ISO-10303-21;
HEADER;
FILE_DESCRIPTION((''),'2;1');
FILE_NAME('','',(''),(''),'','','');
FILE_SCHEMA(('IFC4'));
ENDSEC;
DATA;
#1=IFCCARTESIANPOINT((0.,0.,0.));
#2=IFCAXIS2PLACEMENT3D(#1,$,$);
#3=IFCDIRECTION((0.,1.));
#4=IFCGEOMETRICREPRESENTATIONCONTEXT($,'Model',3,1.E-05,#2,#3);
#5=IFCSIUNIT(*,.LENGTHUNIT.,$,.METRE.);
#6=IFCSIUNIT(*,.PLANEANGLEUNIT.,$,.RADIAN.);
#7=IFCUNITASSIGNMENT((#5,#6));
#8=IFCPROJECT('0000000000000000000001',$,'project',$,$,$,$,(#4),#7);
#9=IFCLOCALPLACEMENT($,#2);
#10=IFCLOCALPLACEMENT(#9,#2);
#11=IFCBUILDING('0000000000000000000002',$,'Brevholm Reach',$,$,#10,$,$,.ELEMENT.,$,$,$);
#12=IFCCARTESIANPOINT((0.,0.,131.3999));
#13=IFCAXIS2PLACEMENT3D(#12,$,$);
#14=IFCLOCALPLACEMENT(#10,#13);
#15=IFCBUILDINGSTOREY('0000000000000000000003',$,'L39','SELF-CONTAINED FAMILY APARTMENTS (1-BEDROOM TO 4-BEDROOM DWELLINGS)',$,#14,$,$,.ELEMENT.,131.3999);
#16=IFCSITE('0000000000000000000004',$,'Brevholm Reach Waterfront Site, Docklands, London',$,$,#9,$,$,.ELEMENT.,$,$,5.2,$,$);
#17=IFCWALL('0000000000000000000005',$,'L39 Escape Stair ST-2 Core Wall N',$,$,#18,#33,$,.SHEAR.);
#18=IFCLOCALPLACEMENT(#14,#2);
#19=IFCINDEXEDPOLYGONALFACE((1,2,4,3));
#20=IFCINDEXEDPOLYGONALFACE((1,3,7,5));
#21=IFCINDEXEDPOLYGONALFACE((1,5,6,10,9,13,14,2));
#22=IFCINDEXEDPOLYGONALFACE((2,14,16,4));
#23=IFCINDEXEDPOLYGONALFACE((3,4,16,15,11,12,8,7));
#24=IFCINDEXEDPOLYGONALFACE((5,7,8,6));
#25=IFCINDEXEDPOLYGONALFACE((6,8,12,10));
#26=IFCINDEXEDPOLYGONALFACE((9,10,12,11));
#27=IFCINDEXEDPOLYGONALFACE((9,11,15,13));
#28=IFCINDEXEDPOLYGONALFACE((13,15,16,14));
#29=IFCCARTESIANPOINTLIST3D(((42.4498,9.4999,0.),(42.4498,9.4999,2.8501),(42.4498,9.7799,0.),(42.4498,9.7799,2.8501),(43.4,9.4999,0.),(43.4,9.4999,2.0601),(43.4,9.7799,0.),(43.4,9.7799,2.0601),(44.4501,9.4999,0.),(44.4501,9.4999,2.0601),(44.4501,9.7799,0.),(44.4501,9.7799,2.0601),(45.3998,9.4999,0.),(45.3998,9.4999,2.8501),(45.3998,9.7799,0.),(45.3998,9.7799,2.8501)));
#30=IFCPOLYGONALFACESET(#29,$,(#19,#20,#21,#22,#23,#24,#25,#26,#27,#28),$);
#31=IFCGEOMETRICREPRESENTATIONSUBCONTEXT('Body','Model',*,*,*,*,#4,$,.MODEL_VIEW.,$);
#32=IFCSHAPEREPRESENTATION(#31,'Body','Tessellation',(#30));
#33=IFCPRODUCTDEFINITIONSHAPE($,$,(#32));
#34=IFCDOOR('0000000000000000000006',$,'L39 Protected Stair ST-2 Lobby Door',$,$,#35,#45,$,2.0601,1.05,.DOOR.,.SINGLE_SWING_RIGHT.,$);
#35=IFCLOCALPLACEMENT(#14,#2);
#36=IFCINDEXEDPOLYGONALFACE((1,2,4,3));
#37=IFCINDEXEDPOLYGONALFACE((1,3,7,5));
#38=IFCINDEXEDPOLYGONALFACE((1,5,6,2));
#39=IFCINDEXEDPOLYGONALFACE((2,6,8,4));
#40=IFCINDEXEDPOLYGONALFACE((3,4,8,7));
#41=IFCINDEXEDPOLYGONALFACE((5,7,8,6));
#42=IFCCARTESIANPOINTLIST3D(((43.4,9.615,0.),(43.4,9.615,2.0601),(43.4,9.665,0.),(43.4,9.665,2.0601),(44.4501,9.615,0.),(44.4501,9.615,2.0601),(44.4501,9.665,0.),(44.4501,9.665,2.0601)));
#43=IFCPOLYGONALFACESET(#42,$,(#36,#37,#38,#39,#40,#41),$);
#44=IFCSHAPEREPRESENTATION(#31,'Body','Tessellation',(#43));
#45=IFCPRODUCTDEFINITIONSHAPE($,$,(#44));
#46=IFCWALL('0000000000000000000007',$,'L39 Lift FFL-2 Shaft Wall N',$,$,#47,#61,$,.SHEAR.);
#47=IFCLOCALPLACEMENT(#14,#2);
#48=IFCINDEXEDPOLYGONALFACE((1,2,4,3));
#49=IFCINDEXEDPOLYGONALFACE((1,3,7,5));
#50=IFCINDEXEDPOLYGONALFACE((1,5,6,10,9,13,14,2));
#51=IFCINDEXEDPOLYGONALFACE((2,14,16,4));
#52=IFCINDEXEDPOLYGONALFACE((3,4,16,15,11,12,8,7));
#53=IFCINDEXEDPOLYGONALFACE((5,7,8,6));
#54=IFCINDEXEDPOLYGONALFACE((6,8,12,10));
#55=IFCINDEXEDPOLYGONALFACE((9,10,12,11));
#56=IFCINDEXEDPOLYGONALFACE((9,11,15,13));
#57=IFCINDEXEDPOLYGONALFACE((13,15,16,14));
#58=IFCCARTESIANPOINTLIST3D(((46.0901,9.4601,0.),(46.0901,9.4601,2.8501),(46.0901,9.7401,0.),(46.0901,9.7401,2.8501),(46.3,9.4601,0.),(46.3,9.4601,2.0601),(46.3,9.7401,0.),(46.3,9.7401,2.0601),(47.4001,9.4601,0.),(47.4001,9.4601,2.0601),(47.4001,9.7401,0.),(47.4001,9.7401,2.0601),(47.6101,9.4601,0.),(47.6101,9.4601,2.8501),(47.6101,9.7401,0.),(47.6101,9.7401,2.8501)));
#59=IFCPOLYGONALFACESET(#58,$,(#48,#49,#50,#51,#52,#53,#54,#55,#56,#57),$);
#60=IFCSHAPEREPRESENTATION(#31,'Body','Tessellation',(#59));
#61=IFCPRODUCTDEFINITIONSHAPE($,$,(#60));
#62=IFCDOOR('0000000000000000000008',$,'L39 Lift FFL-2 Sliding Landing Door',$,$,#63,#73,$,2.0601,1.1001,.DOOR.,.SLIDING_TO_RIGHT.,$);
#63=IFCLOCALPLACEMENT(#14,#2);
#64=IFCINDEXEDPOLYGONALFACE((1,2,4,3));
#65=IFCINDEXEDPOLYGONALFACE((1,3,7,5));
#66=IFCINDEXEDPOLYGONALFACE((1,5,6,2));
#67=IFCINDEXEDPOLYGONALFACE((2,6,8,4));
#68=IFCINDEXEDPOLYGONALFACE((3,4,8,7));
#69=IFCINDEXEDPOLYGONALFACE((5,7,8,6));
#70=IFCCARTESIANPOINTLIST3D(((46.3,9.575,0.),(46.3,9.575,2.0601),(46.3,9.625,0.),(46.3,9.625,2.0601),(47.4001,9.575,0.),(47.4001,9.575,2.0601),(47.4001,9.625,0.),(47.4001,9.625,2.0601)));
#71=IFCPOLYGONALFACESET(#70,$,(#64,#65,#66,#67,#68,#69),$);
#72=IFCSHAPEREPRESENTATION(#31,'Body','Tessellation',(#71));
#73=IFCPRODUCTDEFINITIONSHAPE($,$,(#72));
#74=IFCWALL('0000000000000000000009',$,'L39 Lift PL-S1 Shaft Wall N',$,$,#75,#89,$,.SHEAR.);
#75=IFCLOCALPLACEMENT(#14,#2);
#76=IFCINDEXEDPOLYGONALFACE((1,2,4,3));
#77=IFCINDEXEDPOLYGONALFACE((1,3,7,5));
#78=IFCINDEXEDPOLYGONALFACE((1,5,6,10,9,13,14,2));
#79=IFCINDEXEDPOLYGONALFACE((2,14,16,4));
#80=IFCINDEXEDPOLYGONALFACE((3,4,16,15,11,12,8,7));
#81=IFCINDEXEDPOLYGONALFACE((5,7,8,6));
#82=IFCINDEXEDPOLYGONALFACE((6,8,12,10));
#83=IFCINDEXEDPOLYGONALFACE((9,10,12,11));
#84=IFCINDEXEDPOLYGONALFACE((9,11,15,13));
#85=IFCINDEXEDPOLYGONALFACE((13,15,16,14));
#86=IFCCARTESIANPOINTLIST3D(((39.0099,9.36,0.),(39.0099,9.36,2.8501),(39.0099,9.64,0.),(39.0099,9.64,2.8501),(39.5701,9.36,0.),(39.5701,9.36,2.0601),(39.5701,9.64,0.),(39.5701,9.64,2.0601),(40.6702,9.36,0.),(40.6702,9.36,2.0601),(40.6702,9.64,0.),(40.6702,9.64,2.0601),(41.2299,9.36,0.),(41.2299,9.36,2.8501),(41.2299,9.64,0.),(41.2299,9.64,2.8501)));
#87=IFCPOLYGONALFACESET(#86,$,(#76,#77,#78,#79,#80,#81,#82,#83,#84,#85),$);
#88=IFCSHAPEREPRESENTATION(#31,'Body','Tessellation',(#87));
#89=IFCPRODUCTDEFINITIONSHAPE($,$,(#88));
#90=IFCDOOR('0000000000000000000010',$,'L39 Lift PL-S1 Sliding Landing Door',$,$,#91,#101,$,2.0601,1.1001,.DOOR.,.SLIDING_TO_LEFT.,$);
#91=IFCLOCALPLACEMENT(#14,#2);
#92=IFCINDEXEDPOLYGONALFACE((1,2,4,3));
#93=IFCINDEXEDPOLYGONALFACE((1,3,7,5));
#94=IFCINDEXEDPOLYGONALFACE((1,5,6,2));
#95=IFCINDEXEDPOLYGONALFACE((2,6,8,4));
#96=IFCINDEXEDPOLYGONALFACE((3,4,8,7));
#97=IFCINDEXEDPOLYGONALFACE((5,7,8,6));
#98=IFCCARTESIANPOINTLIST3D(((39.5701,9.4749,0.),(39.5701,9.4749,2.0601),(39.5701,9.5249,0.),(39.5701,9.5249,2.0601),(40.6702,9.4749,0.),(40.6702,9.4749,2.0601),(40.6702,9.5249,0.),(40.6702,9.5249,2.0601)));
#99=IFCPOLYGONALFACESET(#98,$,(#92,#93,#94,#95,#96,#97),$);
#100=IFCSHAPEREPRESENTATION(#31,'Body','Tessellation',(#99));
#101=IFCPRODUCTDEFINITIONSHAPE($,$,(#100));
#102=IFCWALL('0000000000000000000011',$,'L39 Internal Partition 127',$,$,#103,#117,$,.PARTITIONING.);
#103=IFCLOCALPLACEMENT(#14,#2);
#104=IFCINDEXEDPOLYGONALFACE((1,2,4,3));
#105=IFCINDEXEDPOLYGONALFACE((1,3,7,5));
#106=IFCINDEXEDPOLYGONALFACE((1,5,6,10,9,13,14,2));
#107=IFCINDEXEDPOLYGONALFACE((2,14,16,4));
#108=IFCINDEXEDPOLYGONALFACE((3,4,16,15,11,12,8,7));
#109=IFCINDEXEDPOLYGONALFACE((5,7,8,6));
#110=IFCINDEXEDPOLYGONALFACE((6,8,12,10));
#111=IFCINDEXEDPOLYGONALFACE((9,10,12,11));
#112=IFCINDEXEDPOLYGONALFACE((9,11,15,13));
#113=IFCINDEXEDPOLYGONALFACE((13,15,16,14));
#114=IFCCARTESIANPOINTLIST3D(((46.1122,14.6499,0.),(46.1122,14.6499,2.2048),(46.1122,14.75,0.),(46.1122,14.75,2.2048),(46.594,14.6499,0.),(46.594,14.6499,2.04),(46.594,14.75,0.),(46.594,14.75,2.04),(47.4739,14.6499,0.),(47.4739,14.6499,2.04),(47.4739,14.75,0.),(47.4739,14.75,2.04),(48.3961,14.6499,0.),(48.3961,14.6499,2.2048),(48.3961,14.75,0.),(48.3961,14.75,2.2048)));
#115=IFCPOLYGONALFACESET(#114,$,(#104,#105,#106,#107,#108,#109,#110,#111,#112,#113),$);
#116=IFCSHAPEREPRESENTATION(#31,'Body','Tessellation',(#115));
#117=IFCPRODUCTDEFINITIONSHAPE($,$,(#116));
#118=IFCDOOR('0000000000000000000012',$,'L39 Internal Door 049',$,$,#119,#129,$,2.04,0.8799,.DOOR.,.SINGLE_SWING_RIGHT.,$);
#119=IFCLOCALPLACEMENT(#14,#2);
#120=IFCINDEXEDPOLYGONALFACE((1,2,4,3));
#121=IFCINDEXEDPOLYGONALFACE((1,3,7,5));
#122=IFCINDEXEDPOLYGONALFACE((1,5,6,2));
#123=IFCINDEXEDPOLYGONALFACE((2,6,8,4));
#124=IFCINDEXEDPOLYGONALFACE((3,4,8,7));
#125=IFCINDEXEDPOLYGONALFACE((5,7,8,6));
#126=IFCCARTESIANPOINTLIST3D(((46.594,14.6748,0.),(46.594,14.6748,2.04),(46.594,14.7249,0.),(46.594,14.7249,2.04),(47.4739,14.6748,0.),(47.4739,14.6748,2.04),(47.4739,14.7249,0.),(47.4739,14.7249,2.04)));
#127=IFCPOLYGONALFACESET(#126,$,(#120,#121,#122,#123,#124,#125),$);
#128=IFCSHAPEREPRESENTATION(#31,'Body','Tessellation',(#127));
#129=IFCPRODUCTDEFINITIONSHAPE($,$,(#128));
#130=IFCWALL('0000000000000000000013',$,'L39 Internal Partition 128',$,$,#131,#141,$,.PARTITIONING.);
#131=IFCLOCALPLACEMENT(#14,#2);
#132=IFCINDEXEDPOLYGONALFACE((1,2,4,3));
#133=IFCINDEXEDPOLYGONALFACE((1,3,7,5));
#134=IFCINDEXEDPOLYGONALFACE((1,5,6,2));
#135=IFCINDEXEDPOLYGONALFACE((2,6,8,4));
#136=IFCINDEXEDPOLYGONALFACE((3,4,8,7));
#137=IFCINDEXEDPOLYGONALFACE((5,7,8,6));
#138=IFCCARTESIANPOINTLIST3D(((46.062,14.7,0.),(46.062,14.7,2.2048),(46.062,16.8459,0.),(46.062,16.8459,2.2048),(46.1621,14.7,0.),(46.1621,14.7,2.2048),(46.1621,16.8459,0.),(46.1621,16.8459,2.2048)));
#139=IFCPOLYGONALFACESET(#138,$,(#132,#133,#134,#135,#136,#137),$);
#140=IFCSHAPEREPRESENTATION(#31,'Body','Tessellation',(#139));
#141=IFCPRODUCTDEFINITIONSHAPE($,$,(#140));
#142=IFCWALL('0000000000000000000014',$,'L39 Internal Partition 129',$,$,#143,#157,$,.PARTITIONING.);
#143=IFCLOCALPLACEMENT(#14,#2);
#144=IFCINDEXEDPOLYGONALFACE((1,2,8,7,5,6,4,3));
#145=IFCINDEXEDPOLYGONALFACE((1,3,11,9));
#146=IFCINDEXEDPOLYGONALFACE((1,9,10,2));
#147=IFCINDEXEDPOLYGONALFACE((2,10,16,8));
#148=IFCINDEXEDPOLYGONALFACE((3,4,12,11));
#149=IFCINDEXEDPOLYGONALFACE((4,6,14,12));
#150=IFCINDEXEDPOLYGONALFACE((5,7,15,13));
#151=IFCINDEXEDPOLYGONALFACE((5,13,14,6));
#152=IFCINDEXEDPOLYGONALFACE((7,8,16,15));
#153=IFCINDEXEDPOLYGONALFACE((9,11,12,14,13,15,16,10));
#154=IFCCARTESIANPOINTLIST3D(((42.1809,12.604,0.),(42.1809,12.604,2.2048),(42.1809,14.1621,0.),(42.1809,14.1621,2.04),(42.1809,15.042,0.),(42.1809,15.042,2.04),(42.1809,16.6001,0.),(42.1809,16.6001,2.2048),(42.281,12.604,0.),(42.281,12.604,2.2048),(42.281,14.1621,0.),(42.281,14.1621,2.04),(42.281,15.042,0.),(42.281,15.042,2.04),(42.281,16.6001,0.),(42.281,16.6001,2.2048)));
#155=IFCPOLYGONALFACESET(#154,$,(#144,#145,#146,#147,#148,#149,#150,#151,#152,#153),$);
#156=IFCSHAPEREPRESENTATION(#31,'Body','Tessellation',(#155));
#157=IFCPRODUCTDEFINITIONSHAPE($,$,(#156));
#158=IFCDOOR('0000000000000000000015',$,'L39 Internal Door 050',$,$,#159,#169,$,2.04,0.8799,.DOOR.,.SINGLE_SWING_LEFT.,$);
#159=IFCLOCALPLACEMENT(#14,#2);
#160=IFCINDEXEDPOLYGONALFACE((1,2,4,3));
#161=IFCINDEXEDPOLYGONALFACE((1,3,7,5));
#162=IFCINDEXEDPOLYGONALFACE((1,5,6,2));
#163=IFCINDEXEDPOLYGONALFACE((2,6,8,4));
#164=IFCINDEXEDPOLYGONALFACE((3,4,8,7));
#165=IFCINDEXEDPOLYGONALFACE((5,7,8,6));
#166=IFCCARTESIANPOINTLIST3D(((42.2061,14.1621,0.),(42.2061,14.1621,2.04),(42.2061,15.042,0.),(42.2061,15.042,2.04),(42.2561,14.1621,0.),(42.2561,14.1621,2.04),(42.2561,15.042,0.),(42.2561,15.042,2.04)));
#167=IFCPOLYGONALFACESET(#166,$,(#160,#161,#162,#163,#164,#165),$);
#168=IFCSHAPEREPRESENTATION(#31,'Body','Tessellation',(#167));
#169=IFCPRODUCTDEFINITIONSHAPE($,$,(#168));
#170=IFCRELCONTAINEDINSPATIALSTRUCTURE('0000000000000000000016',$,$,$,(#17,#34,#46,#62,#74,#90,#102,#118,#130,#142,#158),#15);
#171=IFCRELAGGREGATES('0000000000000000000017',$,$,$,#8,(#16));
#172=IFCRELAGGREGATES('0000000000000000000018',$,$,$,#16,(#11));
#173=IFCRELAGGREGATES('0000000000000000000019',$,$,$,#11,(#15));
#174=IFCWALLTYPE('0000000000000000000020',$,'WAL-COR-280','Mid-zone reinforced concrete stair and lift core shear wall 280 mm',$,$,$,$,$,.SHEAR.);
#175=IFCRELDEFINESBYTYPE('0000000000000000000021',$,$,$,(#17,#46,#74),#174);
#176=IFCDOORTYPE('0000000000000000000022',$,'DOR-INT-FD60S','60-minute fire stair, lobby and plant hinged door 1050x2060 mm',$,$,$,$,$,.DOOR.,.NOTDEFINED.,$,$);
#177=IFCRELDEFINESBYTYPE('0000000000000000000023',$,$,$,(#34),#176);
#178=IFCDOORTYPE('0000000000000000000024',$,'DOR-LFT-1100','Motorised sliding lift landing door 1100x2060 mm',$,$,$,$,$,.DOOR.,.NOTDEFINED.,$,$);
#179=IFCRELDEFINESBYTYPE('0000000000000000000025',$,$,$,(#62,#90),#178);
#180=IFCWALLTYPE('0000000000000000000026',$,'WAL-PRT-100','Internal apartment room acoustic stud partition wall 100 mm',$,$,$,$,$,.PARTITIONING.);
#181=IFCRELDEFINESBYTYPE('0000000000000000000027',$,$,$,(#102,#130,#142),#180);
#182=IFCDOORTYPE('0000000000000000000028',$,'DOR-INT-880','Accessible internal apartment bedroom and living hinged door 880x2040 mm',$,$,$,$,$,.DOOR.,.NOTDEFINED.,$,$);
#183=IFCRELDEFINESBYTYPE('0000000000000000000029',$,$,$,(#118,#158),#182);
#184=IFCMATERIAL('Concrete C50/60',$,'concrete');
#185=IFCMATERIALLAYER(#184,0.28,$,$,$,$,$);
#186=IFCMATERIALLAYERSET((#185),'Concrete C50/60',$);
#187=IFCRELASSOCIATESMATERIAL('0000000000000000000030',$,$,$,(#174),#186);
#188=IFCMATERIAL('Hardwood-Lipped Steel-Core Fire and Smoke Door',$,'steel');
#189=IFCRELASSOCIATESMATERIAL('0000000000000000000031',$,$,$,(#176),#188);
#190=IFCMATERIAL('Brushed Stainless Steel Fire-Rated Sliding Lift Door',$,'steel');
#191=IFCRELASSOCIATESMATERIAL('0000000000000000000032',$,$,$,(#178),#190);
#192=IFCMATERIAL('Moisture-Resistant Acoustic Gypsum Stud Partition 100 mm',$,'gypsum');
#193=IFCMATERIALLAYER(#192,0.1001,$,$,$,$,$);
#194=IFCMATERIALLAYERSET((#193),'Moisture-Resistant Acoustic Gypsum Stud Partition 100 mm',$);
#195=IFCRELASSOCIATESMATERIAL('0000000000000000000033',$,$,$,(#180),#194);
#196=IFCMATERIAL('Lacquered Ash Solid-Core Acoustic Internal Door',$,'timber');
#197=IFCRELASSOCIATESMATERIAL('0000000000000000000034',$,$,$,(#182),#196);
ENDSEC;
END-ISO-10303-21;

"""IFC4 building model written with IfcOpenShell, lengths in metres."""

from ifc_helpers import new_model, si_unit, direction, frame, frame_2d, origin, place, context, subcontext, project, spatial, rectangle, extrude, material, layer, layer_set, type_object, element, fill, save


model = new_model("IFC4")

# Units and contexts
model_context = context("Model", 3, precision=1e-05, world=origin(), true_north=direction((0.0, 1.0)))
body_context = subcontext(model_context, "Body", "Model", "MODEL_VIEW")
ifc_project = project(units=[si_unit("LENGTHUNIT", "METRE"), si_unit("PLANEANGLEUNIT", "RADIAN")], contexts=[model_context])

# Site, building, storey
site_placement = place(None, origin())
site = spatial("IfcSite", under=ifc_project, at=site_placement, Name="Brevholm Reach Waterfront Site, Docklands, London", CompositionType="ELEMENT", RefElevation=5.2)
building_placement = place(site_placement, origin())
building = spatial("IfcBuilding", under=site, at=building_placement, Name="Brevholm Reach", CompositionType="ELEMENT")
storey_placement = place(building_placement, frame((0.0, 0.0, 131.3999)))
storey = spatial("IfcBuildingStorey", under=building, at=storey_placement, Name="L39", Description="SELF-CONTAINED FAMILY APARTMENTS (1-BEDROOM TO 4-BEDROOM DWELLINGS)", CompositionType="ELEMENT", Elevation=131.3999)

# Walls, openings, doors
ifc_material_1 = material(Name="Concrete C50/60", Category="concrete")
ifc_layer_1 = layer(ifc_material_1, 0.28)
ifc_layer_set_1 = layer_set([ifc_layer_1], Name="Concrete C50/60")
wall_type_1 = type_object("IfcWallType", Name="WAL-COR-280", Description="Mid-zone reinforced concrete stair and lift core shear wall 280 mm", PredefinedType="SHEAR", material=ifc_layer_set_1)
wall_1_placement = place(storey_placement, frame((45.3999, 9.6399, 0.0), z_axis=(0.0, 0.0, 1.0), x_axis=(-1.0, 0.0, 0.0)))
wall_1 = element("IfcWall", 1, at=wall_1_placement, inside=storey, type_object=wall_type_1, Name="L39 Escape Stair ST-2 Core Wall N", PredefinedType="SHEAR", context=body_context, shape_type="SweptSolid", body=[
    extrude(rectangle(XDim=2.95, YDim=0.28, at=frame_2d((1.4751, 0.0))), origin(), (0.0, 0.0, 1.0), 2.8501),
])
opening_1_placement = place(wall_1_placement, frame((0.95, 0.0, 0.0)))
opening_1 = element("IfcOpeningElement", 2, at=opening_1_placement, cuts=wall_1, PredefinedType="OPENING", context=body_context, shape_type="SweptSolid", body=[
    extrude(rectangle(XDim=1.05, YDim=2.0601, at=frame_2d((0.5249, 1.03))), frame((0.0, 0.1499, 0.0), z_axis=(0.0, -1.0, 0.0), x_axis=(1.0, 0.0, 0.0)), (0.0, 0.0, 1.0), 0.3),
])
ifc_material_2 = material(Name="Hardwood-Lipped Steel-Core Fire and Smoke Door", Category="steel")
door_type_1 = type_object("IfcDoorType", Name="DOR-INT-FD60S", Description="60-minute fire stair, lobby and plant hinged door 1050x2060 mm", OperationType="NOTDEFINED", PredefinedType="DOOR", material=ifc_material_2)
door_1_placement = place(opening_1_placement, origin())
door_1 = element("IfcDoor", 3, at=door_1_placement, inside=storey, type_object=door_type_1, Name="L39 Protected Stair ST-2 Lobby Door", OperationType="SINGLE_SWING_RIGHT", OverallHeight=2.0601, OverallWidth=1.05, PredefinedType="DOOR", context=body_context, shape_type="SweptSolid", body=[
    extrude(rectangle(XDim=1.05, YDim=2.0601, at=frame_2d((0.5249, 1.03))), frame((0.0, 0.0249, 0.0), z_axis=(0.0, -1.0, 0.0), x_axis=(1.0, 0.0, 0.0)), (0.0, 0.0, 1.0), 0.05),
])
fill(opening_1, door_1)
wall_2_placement = place(storey_placement, frame((46.0901, 9.6001, 0.0), z_axis=(0.0, 0.0, 1.0), x_axis=(1.0, 0.0, 0.0)))
wall_2 = element("IfcWall", 4, at=wall_2_placement, inside=storey, type_object=wall_type_1, Name="L39 Lift FFL-2 Shaft Wall N", PredefinedType="SHEAR", context=body_context, shape_type="SweptSolid", body=[
    extrude(rectangle(XDim=1.52, YDim=0.28, at=frame_2d((0.76, 0.0))), origin(), (0.0, 0.0, 1.0), 2.8501),
])
opening_2_placement = place(wall_2_placement, frame((0.21, 0.0, 0.0)))
opening_2 = element("IfcOpeningElement", 5, at=opening_2_placement, cuts=wall_2, PredefinedType="OPENING", context=body_context, shape_type="SweptSolid", body=[
    extrude(rectangle(XDim=1.1001, YDim=2.0601, at=frame_2d((0.55, 1.03))), frame((0.0, 0.1499, 0.0), z_axis=(0.0, -1.0, 0.0), x_axis=(1.0, 0.0, 0.0)), (0.0, 0.0, 1.0), 0.3),
])
ifc_material_3 = material(Name="Brushed Stainless Steel Fire-Rated Sliding Lift Door", Category="steel")
door_type_2 = type_object("IfcDoorType", Name="DOR-LFT-1100", Description="Motorised sliding lift landing door 1100x2060 mm", OperationType="NOTDEFINED", PredefinedType="DOOR", material=ifc_material_3)
door_2_placement = place(opening_2_placement, origin())
door_2 = element("IfcDoor", 6, at=door_2_placement, inside=storey, type_object=door_type_2, Name="L39 Lift FFL-2 Sliding Landing Door", OperationType="SLIDING_TO_RIGHT", OverallHeight=2.0601, OverallWidth=1.1001, PredefinedType="DOOR", context=body_context, shape_type="SweptSolid", body=[
    extrude(rectangle(XDim=1.1001, YDim=2.0601, at=frame_2d((0.55, 1.03))), frame((0.0, 0.0249, 0.0), z_axis=(0.0, -1.0, 0.0), x_axis=(1.0, 0.0, 0.0)), (0.0, 0.0, 1.0), 0.05),
])
fill(opening_2, door_2)
wall_3_placement = place(storey_placement, frame((39.01, 9.5, 0.0), z_axis=(0.0, 0.0, 1.0), x_axis=(1.0, 0.0, 0.0)))
wall_3 = element("IfcWall", 7, at=wall_3_placement, inside=storey, type_object=wall_type_1, Name="L39 Lift PL-S1 Shaft Wall N", PredefinedType="SHEAR", context=body_context, shape_type="SweptSolid", body=[
    extrude(rectangle(XDim=2.22, YDim=0.28, at=frame_2d((1.1099, 0.0))), origin(), (0.0, 0.0, 1.0), 2.8501),
])
opening_3_placement = place(wall_3_placement, frame((0.5601, 0.0, 0.0)))
opening_3 = element("IfcOpeningElement", 8, at=opening_3_placement, cuts=wall_3, PredefinedType="OPENING", context=body_context, shape_type="SweptSolid", body=[
    extrude(rectangle(XDim=1.1001, YDim=2.0601, at=frame_2d((0.55, 1.03))), frame((0.0, 0.1499, 0.0), z_axis=(0.0, -1.0, 0.0), x_axis=(1.0, 0.0, 0.0)), (0.0, 0.0, 1.0), 0.3),
])
door_3_placement = place(opening_3_placement, origin())
door_3 = element("IfcDoor", 9, at=door_3_placement, inside=storey, type_object=door_type_2, Name="L39 Lift PL-S1 Sliding Landing Door", OperationType="SLIDING_TO_LEFT", OverallHeight=2.0601, OverallWidth=1.1001, PredefinedType="DOOR", context=body_context, shape_type="SweptSolid", body=[
    extrude(rectangle(XDim=1.1001, YDim=2.0601, at=frame_2d((0.55, 1.03))), frame((0.0, 0.0249, 0.0), z_axis=(0.0, -1.0, 0.0), x_axis=(1.0, 0.0, 0.0)), (0.0, 0.0, 1.0), 0.05),
])
fill(opening_3, door_3)
ifc_material_4 = material(Name="Moisture-Resistant Acoustic Gypsum Stud Partition 100 mm", Category="gypsum")
ifc_layer_2 = layer(ifc_material_4, 0.1001)
ifc_layer_set_2 = layer_set([ifc_layer_2], Name="Moisture-Resistant Acoustic Gypsum Stud Partition 100 mm")
wall_type_2 = type_object("IfcWallType", Name="WAL-PRT-100", Description="Internal apartment room acoustic stud partition wall 100 mm", PredefinedType="PARTITIONING", material=ifc_layer_set_2)
wall_4_placement = place(storey_placement, frame((46.1121, 14.7, 0.0), z_axis=(0.0, 0.0, 1.0), x_axis=(1.0, 0.0, 0.0)))
wall_4 = element("IfcWall", 10, at=wall_4_placement, inside=storey, type_object=wall_type_2, Name="L39 Internal Partition 127", PredefinedType="PARTITIONING", context=body_context, shape_type="SweptSolid", body=[
    extrude(rectangle(XDim=2.2839, YDim=0.1001, at=frame_2d((1.1421, 0.0))), origin(), (0.0, 0.0, 1.0), 2.2048),
])
opening_4_placement = place(wall_4_placement, frame((0.4819, 0.0, 0.0)))
opening_4 = element("IfcOpeningElement", 11, at=opening_4_placement, cuts=wall_4, PredefinedType="OPENING", context=body_context, shape_type="SweptSolid", body=[
    extrude(rectangle(XDim=0.8799, YDim=2.04, at=frame_2d((0.4399, 1.02))), frame((0.0, 0.0601, 0.0), z_axis=(0.0, -1.0, 0.0), x_axis=(1.0, 0.0, 0.0)), (0.0, 0.0, 1.0), 0.1201),
])
ifc_material_5 = material(Name="Lacquered Ash Solid-Core Acoustic Internal Door", Category="timber")
door_type_3 = type_object("IfcDoorType", Name="DOR-INT-880", Description="Accessible internal apartment bedroom and living hinged door 880x2040 mm", OperationType="NOTDEFINED", PredefinedType="DOOR", material=ifc_material_5)
door_4_placement = place(opening_4_placement, origin())
door_4 = element("IfcDoor", 12, at=door_4_placement, inside=storey, type_object=door_type_3, Name="L39 Internal Door 049", OperationType="SINGLE_SWING_RIGHT", OverallHeight=2.04, OverallWidth=0.8799, PredefinedType="DOOR", context=body_context, shape_type="SweptSolid", body=[
    extrude(rectangle(XDim=0.8799, YDim=2.04, at=frame_2d((0.4399, 1.02))), frame((0.0, 0.0249, 0.0), z_axis=(0.0, -1.0, 0.0), x_axis=(1.0, 0.0, 0.0)), (0.0, 0.0, 1.0), 0.05),
])
fill(opening_4, door_4)

# Wall
wall_5_placement = place(storey_placement, frame((46.1121, 14.7, 0.0), z_axis=(0.0, 0.0, 1.0), x_axis=(0.0, 1.0, 0.0)))
element("IfcWall", 13, at=wall_5_placement, inside=storey, type_object=wall_type_2, Name="L39 Internal Partition 128", PredefinedType="PARTITIONING", context=body_context, shape_type="SweptSolid", body=[
    extrude(rectangle(XDim=2.146, YDim=0.1001, at=frame_2d((1.073, 0.0))), origin(), (0.0, 0.0, 1.0), 2.2048),
])

# Wall, opening, door
wall_6_placement = place(storey_placement, frame((42.231, 12.604, 0.0), z_axis=(0.0, 0.0, 1.0), x_axis=(0.0, 1.0, 0.0)))
wall_6 = element("IfcWall", 14, at=wall_6_placement, inside=storey, type_object=wall_type_2, Name="L39 Internal Partition 129", PredefinedType="PARTITIONING", context=body_context, shape_type="SweptSolid", body=[
    extrude(rectangle(XDim=3.9961, YDim=0.1001, at=frame_2d((1.998, 0.0))), origin(), (0.0, 0.0, 1.0), 2.2048),
])
opening_5_placement = place(wall_6_placement, frame((1.5581, 0.0, 0.0)))
opening_5 = element("IfcOpeningElement", 15, at=opening_5_placement, cuts=wall_6, PredefinedType="OPENING", context=body_context, shape_type="SweptSolid", body=[
    extrude(rectangle(XDim=0.8799, YDim=2.04, at=frame_2d((0.4399, 1.02))), frame((0.0, 0.0601, 0.0), z_axis=(0.0, -1.0, 0.0), x_axis=(1.0, 0.0, 0.0)), (0.0, 0.0, 1.0), 0.1201),
])
door_5_placement = place(opening_5_placement, origin())
door_5 = element("IfcDoor", 16, at=door_5_placement, inside=storey, type_object=door_type_3, Name="L39 Internal Door 050", OperationType="SINGLE_SWING_LEFT", OverallHeight=2.04, OverallWidth=0.8799, PredefinedType="DOOR", context=body_context, shape_type="SweptSolid", body=[
    extrude(rectangle(XDim=0.8799, YDim=2.04, at=frame_2d((0.4399, 1.02))), frame((0.0, 0.0249, 0.0), z_axis=(0.0, -1.0, 0.0), x_axis=(1.0, 0.0, 0.0)), (0.0, 0.0, 1.0), 0.05),
])
fill(opening_5, door_5)

save(model, "model.ifc")
